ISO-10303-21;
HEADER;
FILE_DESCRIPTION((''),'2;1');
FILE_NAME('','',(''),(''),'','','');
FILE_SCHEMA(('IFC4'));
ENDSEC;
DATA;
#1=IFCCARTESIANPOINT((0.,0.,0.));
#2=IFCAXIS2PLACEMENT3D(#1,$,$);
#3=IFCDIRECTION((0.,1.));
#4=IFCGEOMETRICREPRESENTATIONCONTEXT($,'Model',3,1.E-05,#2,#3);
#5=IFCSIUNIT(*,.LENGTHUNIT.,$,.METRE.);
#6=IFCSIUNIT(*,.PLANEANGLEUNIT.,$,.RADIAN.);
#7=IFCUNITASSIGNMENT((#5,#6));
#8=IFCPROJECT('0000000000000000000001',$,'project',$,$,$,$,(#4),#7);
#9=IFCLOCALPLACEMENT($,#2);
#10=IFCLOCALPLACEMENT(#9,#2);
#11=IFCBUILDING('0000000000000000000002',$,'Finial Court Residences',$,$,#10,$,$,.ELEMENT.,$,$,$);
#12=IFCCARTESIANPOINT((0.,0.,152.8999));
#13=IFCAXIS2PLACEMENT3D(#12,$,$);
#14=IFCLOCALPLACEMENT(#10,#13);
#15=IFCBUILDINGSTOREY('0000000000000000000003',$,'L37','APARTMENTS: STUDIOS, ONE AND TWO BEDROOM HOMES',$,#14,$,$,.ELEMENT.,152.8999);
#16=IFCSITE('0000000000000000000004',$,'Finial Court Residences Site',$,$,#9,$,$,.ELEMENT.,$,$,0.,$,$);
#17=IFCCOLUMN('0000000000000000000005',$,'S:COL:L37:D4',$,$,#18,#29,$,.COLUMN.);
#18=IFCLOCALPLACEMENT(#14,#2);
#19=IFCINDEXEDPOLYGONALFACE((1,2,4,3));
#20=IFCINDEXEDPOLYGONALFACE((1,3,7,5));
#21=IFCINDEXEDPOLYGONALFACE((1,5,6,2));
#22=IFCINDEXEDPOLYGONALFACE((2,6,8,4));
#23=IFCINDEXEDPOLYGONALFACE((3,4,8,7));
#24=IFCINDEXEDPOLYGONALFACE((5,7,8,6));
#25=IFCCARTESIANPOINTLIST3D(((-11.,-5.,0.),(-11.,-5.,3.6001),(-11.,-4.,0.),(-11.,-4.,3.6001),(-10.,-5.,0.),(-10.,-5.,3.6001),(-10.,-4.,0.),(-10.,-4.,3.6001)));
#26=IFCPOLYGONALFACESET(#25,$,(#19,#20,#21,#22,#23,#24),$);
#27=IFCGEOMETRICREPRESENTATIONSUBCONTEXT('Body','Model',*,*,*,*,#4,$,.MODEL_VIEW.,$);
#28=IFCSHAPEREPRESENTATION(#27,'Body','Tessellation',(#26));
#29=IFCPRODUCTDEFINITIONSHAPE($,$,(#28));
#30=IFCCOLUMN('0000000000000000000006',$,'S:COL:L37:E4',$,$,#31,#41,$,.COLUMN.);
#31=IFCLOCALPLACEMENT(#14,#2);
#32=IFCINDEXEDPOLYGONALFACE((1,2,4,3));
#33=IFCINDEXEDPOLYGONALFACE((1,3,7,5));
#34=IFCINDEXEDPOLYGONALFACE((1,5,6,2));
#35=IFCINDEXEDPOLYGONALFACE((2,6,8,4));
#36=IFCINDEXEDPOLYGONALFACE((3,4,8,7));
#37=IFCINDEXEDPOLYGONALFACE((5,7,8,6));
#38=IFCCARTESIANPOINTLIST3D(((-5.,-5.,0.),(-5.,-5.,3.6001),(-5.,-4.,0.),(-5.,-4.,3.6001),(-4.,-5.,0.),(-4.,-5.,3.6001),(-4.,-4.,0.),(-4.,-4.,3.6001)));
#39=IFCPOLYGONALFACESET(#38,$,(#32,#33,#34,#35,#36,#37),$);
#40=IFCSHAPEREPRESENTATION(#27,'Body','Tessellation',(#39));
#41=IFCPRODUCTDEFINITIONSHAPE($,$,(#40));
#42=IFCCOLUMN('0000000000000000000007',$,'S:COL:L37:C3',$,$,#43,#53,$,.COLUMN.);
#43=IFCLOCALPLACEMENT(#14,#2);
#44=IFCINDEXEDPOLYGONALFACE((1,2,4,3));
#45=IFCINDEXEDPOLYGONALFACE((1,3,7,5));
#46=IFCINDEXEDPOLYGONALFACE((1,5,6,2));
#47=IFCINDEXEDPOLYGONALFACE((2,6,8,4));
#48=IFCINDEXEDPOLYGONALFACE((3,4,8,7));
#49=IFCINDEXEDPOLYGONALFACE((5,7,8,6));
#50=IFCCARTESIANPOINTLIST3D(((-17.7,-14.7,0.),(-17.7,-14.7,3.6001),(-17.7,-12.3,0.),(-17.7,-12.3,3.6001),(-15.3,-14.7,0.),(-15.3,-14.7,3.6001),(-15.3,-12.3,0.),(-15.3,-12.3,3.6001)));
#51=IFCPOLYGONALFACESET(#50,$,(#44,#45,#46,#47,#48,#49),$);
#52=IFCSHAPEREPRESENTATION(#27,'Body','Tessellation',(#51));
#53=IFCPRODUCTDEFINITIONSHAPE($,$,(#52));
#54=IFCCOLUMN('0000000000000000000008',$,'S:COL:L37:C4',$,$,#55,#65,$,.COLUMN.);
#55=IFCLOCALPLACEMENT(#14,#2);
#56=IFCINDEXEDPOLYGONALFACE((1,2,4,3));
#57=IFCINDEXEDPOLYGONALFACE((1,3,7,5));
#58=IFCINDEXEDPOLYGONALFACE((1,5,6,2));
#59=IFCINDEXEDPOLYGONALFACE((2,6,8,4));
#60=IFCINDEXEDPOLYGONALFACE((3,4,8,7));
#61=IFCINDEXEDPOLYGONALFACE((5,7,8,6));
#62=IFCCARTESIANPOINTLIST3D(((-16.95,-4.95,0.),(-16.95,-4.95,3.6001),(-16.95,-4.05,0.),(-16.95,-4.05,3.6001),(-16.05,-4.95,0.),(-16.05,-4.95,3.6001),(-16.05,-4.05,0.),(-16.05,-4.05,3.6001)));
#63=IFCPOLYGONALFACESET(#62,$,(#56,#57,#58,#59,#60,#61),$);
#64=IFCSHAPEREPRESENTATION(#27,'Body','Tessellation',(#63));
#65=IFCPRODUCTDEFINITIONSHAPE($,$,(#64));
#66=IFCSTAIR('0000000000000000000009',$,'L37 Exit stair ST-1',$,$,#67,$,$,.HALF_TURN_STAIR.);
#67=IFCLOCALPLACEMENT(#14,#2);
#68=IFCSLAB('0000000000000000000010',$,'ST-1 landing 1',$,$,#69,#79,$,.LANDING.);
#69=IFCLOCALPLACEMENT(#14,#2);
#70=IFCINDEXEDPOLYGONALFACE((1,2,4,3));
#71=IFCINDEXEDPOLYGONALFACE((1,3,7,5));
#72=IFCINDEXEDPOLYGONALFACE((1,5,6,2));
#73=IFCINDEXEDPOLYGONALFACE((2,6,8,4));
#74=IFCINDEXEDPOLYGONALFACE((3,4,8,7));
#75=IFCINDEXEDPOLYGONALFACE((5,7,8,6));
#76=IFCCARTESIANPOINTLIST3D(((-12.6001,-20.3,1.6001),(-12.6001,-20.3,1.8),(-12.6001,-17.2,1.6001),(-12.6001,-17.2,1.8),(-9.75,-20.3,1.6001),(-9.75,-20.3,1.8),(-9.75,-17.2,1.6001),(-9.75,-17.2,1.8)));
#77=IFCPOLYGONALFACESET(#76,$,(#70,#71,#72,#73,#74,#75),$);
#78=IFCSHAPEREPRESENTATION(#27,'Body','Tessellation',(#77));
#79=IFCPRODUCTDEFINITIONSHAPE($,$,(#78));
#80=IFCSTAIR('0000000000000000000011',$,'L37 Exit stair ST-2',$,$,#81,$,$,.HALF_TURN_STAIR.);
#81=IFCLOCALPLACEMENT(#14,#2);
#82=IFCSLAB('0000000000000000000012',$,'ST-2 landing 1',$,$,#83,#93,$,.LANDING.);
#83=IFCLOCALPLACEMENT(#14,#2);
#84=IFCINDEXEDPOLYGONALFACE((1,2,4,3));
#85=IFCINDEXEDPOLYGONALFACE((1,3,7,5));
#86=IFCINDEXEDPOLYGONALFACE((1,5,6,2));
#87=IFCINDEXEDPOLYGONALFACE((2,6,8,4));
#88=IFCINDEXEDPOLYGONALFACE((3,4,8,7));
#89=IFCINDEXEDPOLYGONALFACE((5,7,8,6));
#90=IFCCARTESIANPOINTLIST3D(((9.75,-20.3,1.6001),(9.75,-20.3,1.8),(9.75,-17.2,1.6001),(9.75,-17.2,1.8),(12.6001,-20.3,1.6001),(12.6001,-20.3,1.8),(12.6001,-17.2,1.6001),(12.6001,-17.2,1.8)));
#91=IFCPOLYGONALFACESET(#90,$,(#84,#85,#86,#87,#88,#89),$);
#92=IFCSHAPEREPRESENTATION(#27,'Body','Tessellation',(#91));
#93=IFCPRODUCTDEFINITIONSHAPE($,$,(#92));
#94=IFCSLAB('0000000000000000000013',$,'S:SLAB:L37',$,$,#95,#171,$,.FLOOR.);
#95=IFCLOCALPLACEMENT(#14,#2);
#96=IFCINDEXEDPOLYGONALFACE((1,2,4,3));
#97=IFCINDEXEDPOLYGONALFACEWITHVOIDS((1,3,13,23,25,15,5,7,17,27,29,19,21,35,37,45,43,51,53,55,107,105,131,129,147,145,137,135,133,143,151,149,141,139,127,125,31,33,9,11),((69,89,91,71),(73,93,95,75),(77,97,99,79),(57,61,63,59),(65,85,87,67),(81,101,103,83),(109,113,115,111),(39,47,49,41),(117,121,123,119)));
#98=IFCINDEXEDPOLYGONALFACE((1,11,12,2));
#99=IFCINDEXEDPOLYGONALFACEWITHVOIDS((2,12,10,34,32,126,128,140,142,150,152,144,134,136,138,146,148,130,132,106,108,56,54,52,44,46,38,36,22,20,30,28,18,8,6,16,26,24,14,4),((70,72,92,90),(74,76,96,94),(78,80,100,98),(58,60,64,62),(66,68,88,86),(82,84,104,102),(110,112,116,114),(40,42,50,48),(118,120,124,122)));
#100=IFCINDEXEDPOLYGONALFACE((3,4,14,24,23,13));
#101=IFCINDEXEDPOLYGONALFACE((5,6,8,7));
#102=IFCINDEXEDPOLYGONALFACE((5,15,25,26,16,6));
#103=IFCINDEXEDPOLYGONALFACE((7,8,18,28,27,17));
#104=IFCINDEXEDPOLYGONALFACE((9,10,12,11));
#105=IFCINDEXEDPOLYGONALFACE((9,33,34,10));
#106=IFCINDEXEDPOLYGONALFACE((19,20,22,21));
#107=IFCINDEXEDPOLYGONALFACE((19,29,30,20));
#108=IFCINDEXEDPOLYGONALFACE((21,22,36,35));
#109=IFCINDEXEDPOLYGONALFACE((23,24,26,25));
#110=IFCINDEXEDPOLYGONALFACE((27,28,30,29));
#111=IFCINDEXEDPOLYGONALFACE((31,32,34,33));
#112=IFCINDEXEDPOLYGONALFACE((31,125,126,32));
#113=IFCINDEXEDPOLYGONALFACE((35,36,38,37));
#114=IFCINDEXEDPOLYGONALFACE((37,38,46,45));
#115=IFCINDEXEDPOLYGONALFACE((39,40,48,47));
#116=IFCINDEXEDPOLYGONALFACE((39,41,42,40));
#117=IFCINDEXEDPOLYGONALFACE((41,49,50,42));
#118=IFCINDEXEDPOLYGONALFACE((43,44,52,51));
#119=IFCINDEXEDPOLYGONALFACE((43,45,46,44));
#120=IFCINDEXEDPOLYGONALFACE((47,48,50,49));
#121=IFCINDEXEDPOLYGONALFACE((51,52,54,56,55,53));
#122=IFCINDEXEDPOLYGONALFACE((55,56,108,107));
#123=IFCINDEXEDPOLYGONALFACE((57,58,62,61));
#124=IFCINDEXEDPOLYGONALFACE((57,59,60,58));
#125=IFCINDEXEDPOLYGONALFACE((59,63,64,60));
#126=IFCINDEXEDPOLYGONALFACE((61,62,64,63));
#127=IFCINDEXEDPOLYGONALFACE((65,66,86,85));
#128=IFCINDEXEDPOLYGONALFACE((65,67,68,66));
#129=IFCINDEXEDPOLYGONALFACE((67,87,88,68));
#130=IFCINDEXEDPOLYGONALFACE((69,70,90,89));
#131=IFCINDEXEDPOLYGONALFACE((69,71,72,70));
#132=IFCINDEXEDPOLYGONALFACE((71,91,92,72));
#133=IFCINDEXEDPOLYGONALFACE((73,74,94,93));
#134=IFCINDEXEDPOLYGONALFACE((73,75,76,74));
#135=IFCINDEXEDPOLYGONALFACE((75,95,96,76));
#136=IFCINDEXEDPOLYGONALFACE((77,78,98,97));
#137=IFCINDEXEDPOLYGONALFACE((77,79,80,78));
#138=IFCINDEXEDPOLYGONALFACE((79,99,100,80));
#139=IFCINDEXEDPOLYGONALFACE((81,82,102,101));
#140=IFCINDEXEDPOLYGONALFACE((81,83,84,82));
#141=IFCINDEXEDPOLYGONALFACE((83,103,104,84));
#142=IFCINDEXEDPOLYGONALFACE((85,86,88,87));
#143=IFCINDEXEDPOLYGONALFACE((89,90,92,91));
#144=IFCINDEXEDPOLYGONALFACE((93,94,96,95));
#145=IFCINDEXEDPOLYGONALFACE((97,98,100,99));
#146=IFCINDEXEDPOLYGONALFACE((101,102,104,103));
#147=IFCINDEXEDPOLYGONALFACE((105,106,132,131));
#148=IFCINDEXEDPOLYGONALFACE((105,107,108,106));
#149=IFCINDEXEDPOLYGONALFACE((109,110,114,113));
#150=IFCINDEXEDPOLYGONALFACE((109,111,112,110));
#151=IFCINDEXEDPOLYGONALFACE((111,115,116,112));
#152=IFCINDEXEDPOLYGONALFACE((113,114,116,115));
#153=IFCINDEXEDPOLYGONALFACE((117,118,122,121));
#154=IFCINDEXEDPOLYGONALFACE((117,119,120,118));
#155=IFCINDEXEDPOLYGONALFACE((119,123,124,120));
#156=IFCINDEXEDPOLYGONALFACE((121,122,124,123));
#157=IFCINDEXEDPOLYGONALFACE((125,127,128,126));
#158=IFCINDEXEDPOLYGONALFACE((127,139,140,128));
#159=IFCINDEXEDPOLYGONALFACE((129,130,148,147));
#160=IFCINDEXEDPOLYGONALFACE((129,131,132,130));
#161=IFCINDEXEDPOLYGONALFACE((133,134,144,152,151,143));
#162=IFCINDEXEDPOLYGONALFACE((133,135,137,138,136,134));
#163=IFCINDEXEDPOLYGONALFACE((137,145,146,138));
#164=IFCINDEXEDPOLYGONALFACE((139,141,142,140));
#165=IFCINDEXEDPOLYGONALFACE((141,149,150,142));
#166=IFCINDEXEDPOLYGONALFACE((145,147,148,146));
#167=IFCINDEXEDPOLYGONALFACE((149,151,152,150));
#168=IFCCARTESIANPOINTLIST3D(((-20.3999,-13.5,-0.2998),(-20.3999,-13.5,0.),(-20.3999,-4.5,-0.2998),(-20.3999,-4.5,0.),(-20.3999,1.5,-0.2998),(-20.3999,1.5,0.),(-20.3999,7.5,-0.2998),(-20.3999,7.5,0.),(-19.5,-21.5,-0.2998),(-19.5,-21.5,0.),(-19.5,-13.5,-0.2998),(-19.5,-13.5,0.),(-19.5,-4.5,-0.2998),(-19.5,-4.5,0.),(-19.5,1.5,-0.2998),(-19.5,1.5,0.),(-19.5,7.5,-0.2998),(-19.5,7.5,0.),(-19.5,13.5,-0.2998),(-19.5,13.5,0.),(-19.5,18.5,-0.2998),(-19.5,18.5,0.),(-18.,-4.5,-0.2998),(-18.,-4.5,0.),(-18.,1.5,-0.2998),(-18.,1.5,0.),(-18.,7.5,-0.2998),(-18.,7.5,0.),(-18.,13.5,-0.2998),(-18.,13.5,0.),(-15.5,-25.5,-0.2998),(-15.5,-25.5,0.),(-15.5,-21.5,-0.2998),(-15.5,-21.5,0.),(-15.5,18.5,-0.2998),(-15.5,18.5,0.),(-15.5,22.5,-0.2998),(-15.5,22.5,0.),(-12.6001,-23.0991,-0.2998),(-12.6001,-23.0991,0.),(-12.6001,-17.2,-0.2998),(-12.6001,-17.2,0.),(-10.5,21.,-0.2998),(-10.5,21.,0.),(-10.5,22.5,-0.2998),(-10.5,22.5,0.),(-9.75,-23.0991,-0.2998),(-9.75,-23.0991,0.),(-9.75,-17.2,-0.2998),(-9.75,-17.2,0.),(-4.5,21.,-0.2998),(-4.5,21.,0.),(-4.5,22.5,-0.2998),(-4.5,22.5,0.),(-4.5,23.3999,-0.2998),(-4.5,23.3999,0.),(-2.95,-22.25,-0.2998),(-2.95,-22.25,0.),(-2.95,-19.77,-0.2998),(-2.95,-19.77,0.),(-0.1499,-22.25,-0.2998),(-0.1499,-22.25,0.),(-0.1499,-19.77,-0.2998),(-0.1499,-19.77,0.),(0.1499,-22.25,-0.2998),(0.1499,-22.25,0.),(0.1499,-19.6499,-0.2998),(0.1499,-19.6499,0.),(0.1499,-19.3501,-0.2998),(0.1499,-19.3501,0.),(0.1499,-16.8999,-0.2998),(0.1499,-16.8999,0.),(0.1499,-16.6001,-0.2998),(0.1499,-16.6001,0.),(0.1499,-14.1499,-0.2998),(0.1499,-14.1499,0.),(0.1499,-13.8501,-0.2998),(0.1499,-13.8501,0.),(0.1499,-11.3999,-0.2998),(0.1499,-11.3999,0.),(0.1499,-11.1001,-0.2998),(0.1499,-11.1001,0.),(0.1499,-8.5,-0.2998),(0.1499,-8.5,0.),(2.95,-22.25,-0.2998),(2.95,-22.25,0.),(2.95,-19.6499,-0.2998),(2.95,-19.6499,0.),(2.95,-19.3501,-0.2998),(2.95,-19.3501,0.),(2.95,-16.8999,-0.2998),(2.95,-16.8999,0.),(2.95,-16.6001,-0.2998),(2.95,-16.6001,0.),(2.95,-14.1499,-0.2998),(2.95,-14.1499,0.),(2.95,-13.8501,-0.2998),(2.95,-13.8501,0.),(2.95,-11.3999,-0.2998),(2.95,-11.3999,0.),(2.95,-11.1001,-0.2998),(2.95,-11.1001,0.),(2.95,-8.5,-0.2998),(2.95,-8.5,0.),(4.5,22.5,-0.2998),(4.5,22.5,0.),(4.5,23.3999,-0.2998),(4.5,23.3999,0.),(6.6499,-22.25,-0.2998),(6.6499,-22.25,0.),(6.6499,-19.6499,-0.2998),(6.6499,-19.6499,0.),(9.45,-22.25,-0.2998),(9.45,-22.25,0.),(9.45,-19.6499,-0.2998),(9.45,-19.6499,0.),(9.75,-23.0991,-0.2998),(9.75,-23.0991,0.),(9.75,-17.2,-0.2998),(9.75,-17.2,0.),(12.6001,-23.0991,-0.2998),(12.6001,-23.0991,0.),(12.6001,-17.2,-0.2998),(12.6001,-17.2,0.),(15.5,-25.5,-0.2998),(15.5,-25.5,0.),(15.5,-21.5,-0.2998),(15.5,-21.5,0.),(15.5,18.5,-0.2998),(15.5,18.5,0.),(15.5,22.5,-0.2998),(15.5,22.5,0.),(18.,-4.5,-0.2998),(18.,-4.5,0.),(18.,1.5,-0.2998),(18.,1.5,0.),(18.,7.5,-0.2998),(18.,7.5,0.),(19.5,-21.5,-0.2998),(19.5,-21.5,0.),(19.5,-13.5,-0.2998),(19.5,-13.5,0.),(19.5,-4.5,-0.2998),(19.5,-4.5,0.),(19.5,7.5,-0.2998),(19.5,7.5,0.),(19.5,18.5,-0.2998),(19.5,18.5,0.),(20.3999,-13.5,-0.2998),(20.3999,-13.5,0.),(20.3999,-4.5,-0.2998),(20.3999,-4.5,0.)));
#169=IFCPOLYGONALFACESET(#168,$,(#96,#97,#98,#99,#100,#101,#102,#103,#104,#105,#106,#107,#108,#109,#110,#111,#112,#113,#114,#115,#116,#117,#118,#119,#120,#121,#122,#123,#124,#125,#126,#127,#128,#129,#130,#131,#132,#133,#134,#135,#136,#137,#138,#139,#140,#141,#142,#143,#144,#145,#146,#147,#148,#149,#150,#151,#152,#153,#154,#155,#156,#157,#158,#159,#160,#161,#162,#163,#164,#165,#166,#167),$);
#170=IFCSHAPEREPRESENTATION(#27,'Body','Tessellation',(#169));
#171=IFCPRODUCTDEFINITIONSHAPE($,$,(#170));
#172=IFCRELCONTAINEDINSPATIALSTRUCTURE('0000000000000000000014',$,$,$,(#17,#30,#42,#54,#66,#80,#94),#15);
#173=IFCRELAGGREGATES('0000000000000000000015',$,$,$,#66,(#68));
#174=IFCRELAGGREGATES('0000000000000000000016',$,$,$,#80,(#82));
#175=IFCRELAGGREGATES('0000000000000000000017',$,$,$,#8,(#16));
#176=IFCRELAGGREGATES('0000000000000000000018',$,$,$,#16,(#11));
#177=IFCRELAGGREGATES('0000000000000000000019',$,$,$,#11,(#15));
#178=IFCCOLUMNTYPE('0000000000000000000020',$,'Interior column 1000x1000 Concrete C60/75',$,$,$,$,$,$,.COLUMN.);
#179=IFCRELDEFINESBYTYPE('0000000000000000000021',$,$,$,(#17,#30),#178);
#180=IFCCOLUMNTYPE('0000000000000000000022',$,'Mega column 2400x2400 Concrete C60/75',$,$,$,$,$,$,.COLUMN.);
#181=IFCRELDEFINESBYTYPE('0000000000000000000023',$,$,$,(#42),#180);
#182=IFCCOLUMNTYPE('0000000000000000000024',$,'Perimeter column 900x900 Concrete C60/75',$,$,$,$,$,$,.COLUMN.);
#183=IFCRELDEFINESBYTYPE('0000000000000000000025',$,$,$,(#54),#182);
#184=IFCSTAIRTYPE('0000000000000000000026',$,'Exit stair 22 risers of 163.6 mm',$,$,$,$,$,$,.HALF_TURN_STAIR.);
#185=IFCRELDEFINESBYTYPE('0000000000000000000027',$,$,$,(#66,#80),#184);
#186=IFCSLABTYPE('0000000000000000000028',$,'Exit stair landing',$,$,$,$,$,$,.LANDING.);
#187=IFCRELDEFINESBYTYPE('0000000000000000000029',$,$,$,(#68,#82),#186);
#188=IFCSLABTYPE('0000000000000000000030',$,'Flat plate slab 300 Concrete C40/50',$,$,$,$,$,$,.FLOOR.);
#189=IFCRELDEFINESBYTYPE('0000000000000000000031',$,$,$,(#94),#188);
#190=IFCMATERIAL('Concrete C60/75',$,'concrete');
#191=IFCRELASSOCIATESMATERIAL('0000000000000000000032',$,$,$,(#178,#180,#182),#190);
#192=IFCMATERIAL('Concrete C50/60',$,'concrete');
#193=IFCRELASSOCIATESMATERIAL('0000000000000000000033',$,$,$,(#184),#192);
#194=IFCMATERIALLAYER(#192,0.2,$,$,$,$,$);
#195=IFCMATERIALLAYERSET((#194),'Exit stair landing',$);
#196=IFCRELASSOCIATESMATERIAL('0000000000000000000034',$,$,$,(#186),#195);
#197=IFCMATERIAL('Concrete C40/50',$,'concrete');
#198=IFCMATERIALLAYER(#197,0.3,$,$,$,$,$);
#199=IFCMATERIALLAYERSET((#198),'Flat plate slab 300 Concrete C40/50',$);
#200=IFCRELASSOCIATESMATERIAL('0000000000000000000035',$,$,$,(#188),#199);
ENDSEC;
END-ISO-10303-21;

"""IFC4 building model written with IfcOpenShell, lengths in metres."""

from ifc_helpers import new_model, si_unit, direction, frame, origin, origin_2d, place, context, subcontext, project, spatial, polyline, rectangle, outline, extrude, material, layer, layer_set, material_profile, profile_set, type_object, element, aggregate, save


model = new_model("IFC4")

# Units and contexts
model_context = context("Model", 3, precision=1e-05, world=origin(), true_north=direction((0.0, 1.0)))
body_context = subcontext(model_context, "Body", "Model", "MODEL_VIEW")
ifc_project = project(units=[si_unit("LENGTHUNIT", "METRE"), si_unit("PLANEANGLEUNIT", "RADIAN")], contexts=[model_context])

# Site, building, storey
site_placement = place(None, origin())
site = spatial("IfcSite", under=ifc_project, at=site_placement, Name="Finial Court Residences Site", CompositionType="ELEMENT", RefElevation=0.0)
building_placement = place(site_placement, origin())
building = spatial("IfcBuilding", under=site, at=building_placement, Name="Finial Court Residences", CompositionType="ELEMENT")
storey_placement = place(building_placement, frame((0.0, 0.0, 152.8999)))
storey = spatial("IfcBuildingStorey", under=building, at=storey_placement, Name="L37", Description="APARTMENTS: STUDIOS, ONE AND TWO BEDROOM HOMES", CompositionType="ELEMENT", Elevation=152.8999)

# Columns
ifc_material_1 = material(Name="Concrete C60/75", Category="concrete")
ifc_material_profile_1 = material_profile(ifc_material_1, rectangle(XDim=1.0, YDim=1.0, at=origin_2d()), Name="1000x1000")
ifc_profile_set_1 = profile_set([ifc_material_profile_1], Name="Concrete C60/75")
column_type_1 = type_object("IfcColumnType", Name="Interior column 1000x1000 Concrete C60/75", PredefinedType="COLUMN", material=ifc_profile_set_1)
for number, where, z_axis, x_axis, name in (
    (1, (-10.5, -4.5, 0.0), (0.0, 0.0, 1.0), (1.0, 0.0, 0.0), "S:COL:L37:D4"),
    (2, (-4.5, -4.5, 0.0), (0.0, 0.0, 1.0), (1.0, 0.0, 0.0), "S:COL:L37:E4"),
):
    element("IfcColumn", number, at=place(storey_placement, frame(where, z_axis=z_axis, x_axis=x_axis)), inside=storey, type_object=column_type_1, Name=name, PredefinedType="COLUMN", context=body_context, shape_type="SweptSolid", body=[
        extrude(rectangle(XDim=1.0, YDim=1.0, at=origin_2d()), origin(), (0.0, 0.0, 1.0), 3.6001),
    ])
ifc_material_profile_2 = material_profile(ifc_material_1, rectangle(XDim=2.3999, YDim=2.3999, at=origin_2d()), Name="2400x2400")
ifc_profile_set_2 = profile_set([ifc_material_profile_2], Name="Concrete C60/75")
column_type_2 = type_object("IfcColumnType", Name="Mega column 2400x2400 Concrete C60/75", PredefinedType="COLUMN", material=ifc_profile_set_2)
column_1_placement = place(storey_placement, frame((-16.5, -13.5, 0.0), z_axis=(0.0, 0.0, 1.0), x_axis=(1.0, 0.0, 0.0)))
element("IfcColumn", 3, at=column_1_placement, inside=storey, type_object=column_type_2, Name="S:COL:L37:C3", PredefinedType="COLUMN", context=body_context, shape_type="SweptSolid", body=[
    extrude(rectangle(XDim=2.3999, YDim=2.3999, at=origin_2d()), origin(), (0.0, 0.0, 1.0), 3.6001),
])
ifc_material_profile_3 = material_profile(ifc_material_1, rectangle(XDim=0.8999, YDim=0.8999, at=origin_2d()), Name="900x900")
ifc_profile_set_3 = profile_set([ifc_material_profile_3], Name="Concrete C60/75")
column_type_3 = type_object("IfcColumnType", Name="Perimeter column 900x900 Concrete C60/75", PredefinedType="COLUMN", material=ifc_profile_set_3)
column_2_placement = place(storey_placement, frame((-16.5, -4.5, 0.0), z_axis=(0.0, 0.0, 1.0), x_axis=(1.0, 0.0, 0.0)))
element("IfcColumn", 4, at=column_2_placement, inside=storey, type_object=column_type_3, Name="S:COL:L37:C4", PredefinedType="COLUMN", context=body_context, shape_type="SweptSolid", body=[
    extrude(rectangle(XDim=0.8999, YDim=0.8999, at=origin_2d()), origin(), (0.0, 0.0, 1.0), 3.6001),
])

# Stairs, slabs
ifc_material_2 = material(Name="Concrete C50/60", Category="concrete")
stair_type = type_object("IfcStairType", Name="Exit stair 22 risers of 163.6 mm", PredefinedType="HALF_TURN_STAIR", material=ifc_material_2)
stair_1_placement = place(storey_placement, origin())
stair_1 = element("IfcStair", 5, at=stair_1_placement, inside=storey, type_object=stair_type, Name="L37 Exit stair ST-1", PredefinedType="HALF_TURN_STAIR")
ifc_layer_1 = layer(ifc_material_2, 0.2)
ifc_layer_set_1 = layer_set([ifc_layer_1], Name="Exit stair landing")
slab_type_1 = type_object("IfcSlabType", Name="Exit stair landing", PredefinedType="LANDING", material=ifc_layer_set_1)
slab_1_placement = place(storey_placement, frame((0.0, 0.0, 1.6001)))
slab_1 = element("IfcSlab", 6, at=slab_1_placement, type_object=slab_type_1, Name="ST-1 landing 1", PredefinedType="LANDING", context=body_context, shape_type="SweptSolid", body=[
    extrude(outline(polyline([(-9.75, -20.3), (-9.75, -17.2), (-12.6001, -17.2), (-12.6001, -20.3), (-9.75, -20.3)])), origin(), (0.0, 0.0, 1.0), 0.2),
])
aggregate(stair_1, [slab_1])
stair_2_placement = place(storey_placement, origin())
stair_2 = element("IfcStair", 7, at=stair_2_placement, inside=storey, type_object=stair_type, Name="L37 Exit stair ST-2", PredefinedType="HALF_TURN_STAIR")
slab_2_placement = place(storey_placement, frame((0.0, 0.0, 1.6001)))
slab_2 = element("IfcSlab", 8, at=slab_2_placement, type_object=slab_type_1, Name="ST-2 landing 1", PredefinedType="LANDING", context=body_context, shape_type="SweptSolid", body=[
    extrude(outline(polyline([(12.6001, -20.3), (12.6001, -17.2), (9.75, -17.2), (9.75, -20.3), (12.6001, -20.3)])), origin(), (0.0, 0.0, 1.0), 0.2),
])
aggregate(stair_2, [slab_2])

# Slab
ifc_material_3 = material(Name="Concrete C40/50", Category="concrete")
ifc_layer_2 = layer(ifc_material_3, 0.3)
ifc_layer_set_2 = layer_set([ifc_layer_2], Name="Flat plate slab 300 Concrete C40/50")
slab_type_2 = type_object("IfcSlabType", Name="Flat plate slab 300 Concrete C40/50", PredefinedType="FLOOR", material=ifc_layer_set_2)
slab_3_placement = place(storey_placement, frame((0.0, 0.0, -0.2998)))
element("IfcSlab", 9, at=slab_3_placement, inside=storey, type_object=slab_type_2, Name="S:SLAB:L37", PredefinedType="FLOOR", context=body_context, shape_type="SweptSolid", body=[
    extrude(outline(polyline([(-20.3999, -13.5), (-20.3999, -4.5), (-19.5, -4.5), (-18.0, -4.5), (-18.0, 1.5), (-19.5, 1.5), (-20.3999, 1.5), (-20.3999, 7.5), (-19.5, 7.5), (-18.0, 7.5), (-18.0, 13.5), (-19.5, 13.5), (-19.5, 18.5), (-15.5, 18.5), (-15.5, 22.5), (-10.5, 22.5), (-10.5, 21.0), (-4.5, 21.0), (-4.5, 22.5), (-4.5, 23.3999), (4.5, 23.3999), (4.5, 22.5), (15.5, 22.5), (15.5, 18.5), (19.5, 18.5), (19.5, 7.5), (18.0, 7.5), (18.0, 1.5), (18.0, -4.5), (19.5, -4.5), (20.3999, -4.5), (20.3999, -13.5), (19.5, -13.5), (19.5, -21.5), (15.5, -21.5), (15.5, -25.5), (-15.5, -25.5), (-15.5, -21.5), (-19.5, -21.5), (-19.5, -13.5), (-20.3999, -13.5)]), holes=[polyline([(-0.1499, -19.77), (-2.95, -19.77), (-2.95, -22.25), (-0.1499, -22.25), (-0.1499, -19.77)]), polyline([(2.95, -19.6499), (0.1499, -19.6499), (0.1499, -22.25), (2.95, -22.25), (2.95, -19.6499)]), polyline([(9.45, -19.6499), (6.6499, -19.6499), (6.6499, -22.25), (9.45, -22.25), (9.45, -19.6499)]), polyline([(-12.6001, -17.2), (-12.6001, -23.0991), (-9.75, -23.0991), (-9.75, -17.2), (-12.6001, -17.2)]), polyline([(9.75, -17.2), (9.75, -23.0991), (12.6001, -23.0991), (12.6001, -17.2), (9.75, -17.2)]), polyline([(2.95, -16.8999), (0.1499, -16.8999), (0.1499, -19.3501), (2.95, -19.3501), (2.95, -16.8999)]), polyline([(2.95, -14.1499), (0.1499, -14.1499), (0.1499, -16.6001), (2.95, -16.6001), (2.95, -14.1499)]), polyline([(2.95, -13.8501), (2.95, -11.3999), (0.1499, -11.3999), (0.1499, -13.8501), (2.95, -13.8501)]), polyline([(2.95, -11.1001), (2.95, -8.5), (0.1499, -8.5), (0.1499, -11.1001), (2.95, -11.1001)])]), origin(), (0.0, 0.0, 1.0), 0.2998),
])

save(model, "model.ifc")
